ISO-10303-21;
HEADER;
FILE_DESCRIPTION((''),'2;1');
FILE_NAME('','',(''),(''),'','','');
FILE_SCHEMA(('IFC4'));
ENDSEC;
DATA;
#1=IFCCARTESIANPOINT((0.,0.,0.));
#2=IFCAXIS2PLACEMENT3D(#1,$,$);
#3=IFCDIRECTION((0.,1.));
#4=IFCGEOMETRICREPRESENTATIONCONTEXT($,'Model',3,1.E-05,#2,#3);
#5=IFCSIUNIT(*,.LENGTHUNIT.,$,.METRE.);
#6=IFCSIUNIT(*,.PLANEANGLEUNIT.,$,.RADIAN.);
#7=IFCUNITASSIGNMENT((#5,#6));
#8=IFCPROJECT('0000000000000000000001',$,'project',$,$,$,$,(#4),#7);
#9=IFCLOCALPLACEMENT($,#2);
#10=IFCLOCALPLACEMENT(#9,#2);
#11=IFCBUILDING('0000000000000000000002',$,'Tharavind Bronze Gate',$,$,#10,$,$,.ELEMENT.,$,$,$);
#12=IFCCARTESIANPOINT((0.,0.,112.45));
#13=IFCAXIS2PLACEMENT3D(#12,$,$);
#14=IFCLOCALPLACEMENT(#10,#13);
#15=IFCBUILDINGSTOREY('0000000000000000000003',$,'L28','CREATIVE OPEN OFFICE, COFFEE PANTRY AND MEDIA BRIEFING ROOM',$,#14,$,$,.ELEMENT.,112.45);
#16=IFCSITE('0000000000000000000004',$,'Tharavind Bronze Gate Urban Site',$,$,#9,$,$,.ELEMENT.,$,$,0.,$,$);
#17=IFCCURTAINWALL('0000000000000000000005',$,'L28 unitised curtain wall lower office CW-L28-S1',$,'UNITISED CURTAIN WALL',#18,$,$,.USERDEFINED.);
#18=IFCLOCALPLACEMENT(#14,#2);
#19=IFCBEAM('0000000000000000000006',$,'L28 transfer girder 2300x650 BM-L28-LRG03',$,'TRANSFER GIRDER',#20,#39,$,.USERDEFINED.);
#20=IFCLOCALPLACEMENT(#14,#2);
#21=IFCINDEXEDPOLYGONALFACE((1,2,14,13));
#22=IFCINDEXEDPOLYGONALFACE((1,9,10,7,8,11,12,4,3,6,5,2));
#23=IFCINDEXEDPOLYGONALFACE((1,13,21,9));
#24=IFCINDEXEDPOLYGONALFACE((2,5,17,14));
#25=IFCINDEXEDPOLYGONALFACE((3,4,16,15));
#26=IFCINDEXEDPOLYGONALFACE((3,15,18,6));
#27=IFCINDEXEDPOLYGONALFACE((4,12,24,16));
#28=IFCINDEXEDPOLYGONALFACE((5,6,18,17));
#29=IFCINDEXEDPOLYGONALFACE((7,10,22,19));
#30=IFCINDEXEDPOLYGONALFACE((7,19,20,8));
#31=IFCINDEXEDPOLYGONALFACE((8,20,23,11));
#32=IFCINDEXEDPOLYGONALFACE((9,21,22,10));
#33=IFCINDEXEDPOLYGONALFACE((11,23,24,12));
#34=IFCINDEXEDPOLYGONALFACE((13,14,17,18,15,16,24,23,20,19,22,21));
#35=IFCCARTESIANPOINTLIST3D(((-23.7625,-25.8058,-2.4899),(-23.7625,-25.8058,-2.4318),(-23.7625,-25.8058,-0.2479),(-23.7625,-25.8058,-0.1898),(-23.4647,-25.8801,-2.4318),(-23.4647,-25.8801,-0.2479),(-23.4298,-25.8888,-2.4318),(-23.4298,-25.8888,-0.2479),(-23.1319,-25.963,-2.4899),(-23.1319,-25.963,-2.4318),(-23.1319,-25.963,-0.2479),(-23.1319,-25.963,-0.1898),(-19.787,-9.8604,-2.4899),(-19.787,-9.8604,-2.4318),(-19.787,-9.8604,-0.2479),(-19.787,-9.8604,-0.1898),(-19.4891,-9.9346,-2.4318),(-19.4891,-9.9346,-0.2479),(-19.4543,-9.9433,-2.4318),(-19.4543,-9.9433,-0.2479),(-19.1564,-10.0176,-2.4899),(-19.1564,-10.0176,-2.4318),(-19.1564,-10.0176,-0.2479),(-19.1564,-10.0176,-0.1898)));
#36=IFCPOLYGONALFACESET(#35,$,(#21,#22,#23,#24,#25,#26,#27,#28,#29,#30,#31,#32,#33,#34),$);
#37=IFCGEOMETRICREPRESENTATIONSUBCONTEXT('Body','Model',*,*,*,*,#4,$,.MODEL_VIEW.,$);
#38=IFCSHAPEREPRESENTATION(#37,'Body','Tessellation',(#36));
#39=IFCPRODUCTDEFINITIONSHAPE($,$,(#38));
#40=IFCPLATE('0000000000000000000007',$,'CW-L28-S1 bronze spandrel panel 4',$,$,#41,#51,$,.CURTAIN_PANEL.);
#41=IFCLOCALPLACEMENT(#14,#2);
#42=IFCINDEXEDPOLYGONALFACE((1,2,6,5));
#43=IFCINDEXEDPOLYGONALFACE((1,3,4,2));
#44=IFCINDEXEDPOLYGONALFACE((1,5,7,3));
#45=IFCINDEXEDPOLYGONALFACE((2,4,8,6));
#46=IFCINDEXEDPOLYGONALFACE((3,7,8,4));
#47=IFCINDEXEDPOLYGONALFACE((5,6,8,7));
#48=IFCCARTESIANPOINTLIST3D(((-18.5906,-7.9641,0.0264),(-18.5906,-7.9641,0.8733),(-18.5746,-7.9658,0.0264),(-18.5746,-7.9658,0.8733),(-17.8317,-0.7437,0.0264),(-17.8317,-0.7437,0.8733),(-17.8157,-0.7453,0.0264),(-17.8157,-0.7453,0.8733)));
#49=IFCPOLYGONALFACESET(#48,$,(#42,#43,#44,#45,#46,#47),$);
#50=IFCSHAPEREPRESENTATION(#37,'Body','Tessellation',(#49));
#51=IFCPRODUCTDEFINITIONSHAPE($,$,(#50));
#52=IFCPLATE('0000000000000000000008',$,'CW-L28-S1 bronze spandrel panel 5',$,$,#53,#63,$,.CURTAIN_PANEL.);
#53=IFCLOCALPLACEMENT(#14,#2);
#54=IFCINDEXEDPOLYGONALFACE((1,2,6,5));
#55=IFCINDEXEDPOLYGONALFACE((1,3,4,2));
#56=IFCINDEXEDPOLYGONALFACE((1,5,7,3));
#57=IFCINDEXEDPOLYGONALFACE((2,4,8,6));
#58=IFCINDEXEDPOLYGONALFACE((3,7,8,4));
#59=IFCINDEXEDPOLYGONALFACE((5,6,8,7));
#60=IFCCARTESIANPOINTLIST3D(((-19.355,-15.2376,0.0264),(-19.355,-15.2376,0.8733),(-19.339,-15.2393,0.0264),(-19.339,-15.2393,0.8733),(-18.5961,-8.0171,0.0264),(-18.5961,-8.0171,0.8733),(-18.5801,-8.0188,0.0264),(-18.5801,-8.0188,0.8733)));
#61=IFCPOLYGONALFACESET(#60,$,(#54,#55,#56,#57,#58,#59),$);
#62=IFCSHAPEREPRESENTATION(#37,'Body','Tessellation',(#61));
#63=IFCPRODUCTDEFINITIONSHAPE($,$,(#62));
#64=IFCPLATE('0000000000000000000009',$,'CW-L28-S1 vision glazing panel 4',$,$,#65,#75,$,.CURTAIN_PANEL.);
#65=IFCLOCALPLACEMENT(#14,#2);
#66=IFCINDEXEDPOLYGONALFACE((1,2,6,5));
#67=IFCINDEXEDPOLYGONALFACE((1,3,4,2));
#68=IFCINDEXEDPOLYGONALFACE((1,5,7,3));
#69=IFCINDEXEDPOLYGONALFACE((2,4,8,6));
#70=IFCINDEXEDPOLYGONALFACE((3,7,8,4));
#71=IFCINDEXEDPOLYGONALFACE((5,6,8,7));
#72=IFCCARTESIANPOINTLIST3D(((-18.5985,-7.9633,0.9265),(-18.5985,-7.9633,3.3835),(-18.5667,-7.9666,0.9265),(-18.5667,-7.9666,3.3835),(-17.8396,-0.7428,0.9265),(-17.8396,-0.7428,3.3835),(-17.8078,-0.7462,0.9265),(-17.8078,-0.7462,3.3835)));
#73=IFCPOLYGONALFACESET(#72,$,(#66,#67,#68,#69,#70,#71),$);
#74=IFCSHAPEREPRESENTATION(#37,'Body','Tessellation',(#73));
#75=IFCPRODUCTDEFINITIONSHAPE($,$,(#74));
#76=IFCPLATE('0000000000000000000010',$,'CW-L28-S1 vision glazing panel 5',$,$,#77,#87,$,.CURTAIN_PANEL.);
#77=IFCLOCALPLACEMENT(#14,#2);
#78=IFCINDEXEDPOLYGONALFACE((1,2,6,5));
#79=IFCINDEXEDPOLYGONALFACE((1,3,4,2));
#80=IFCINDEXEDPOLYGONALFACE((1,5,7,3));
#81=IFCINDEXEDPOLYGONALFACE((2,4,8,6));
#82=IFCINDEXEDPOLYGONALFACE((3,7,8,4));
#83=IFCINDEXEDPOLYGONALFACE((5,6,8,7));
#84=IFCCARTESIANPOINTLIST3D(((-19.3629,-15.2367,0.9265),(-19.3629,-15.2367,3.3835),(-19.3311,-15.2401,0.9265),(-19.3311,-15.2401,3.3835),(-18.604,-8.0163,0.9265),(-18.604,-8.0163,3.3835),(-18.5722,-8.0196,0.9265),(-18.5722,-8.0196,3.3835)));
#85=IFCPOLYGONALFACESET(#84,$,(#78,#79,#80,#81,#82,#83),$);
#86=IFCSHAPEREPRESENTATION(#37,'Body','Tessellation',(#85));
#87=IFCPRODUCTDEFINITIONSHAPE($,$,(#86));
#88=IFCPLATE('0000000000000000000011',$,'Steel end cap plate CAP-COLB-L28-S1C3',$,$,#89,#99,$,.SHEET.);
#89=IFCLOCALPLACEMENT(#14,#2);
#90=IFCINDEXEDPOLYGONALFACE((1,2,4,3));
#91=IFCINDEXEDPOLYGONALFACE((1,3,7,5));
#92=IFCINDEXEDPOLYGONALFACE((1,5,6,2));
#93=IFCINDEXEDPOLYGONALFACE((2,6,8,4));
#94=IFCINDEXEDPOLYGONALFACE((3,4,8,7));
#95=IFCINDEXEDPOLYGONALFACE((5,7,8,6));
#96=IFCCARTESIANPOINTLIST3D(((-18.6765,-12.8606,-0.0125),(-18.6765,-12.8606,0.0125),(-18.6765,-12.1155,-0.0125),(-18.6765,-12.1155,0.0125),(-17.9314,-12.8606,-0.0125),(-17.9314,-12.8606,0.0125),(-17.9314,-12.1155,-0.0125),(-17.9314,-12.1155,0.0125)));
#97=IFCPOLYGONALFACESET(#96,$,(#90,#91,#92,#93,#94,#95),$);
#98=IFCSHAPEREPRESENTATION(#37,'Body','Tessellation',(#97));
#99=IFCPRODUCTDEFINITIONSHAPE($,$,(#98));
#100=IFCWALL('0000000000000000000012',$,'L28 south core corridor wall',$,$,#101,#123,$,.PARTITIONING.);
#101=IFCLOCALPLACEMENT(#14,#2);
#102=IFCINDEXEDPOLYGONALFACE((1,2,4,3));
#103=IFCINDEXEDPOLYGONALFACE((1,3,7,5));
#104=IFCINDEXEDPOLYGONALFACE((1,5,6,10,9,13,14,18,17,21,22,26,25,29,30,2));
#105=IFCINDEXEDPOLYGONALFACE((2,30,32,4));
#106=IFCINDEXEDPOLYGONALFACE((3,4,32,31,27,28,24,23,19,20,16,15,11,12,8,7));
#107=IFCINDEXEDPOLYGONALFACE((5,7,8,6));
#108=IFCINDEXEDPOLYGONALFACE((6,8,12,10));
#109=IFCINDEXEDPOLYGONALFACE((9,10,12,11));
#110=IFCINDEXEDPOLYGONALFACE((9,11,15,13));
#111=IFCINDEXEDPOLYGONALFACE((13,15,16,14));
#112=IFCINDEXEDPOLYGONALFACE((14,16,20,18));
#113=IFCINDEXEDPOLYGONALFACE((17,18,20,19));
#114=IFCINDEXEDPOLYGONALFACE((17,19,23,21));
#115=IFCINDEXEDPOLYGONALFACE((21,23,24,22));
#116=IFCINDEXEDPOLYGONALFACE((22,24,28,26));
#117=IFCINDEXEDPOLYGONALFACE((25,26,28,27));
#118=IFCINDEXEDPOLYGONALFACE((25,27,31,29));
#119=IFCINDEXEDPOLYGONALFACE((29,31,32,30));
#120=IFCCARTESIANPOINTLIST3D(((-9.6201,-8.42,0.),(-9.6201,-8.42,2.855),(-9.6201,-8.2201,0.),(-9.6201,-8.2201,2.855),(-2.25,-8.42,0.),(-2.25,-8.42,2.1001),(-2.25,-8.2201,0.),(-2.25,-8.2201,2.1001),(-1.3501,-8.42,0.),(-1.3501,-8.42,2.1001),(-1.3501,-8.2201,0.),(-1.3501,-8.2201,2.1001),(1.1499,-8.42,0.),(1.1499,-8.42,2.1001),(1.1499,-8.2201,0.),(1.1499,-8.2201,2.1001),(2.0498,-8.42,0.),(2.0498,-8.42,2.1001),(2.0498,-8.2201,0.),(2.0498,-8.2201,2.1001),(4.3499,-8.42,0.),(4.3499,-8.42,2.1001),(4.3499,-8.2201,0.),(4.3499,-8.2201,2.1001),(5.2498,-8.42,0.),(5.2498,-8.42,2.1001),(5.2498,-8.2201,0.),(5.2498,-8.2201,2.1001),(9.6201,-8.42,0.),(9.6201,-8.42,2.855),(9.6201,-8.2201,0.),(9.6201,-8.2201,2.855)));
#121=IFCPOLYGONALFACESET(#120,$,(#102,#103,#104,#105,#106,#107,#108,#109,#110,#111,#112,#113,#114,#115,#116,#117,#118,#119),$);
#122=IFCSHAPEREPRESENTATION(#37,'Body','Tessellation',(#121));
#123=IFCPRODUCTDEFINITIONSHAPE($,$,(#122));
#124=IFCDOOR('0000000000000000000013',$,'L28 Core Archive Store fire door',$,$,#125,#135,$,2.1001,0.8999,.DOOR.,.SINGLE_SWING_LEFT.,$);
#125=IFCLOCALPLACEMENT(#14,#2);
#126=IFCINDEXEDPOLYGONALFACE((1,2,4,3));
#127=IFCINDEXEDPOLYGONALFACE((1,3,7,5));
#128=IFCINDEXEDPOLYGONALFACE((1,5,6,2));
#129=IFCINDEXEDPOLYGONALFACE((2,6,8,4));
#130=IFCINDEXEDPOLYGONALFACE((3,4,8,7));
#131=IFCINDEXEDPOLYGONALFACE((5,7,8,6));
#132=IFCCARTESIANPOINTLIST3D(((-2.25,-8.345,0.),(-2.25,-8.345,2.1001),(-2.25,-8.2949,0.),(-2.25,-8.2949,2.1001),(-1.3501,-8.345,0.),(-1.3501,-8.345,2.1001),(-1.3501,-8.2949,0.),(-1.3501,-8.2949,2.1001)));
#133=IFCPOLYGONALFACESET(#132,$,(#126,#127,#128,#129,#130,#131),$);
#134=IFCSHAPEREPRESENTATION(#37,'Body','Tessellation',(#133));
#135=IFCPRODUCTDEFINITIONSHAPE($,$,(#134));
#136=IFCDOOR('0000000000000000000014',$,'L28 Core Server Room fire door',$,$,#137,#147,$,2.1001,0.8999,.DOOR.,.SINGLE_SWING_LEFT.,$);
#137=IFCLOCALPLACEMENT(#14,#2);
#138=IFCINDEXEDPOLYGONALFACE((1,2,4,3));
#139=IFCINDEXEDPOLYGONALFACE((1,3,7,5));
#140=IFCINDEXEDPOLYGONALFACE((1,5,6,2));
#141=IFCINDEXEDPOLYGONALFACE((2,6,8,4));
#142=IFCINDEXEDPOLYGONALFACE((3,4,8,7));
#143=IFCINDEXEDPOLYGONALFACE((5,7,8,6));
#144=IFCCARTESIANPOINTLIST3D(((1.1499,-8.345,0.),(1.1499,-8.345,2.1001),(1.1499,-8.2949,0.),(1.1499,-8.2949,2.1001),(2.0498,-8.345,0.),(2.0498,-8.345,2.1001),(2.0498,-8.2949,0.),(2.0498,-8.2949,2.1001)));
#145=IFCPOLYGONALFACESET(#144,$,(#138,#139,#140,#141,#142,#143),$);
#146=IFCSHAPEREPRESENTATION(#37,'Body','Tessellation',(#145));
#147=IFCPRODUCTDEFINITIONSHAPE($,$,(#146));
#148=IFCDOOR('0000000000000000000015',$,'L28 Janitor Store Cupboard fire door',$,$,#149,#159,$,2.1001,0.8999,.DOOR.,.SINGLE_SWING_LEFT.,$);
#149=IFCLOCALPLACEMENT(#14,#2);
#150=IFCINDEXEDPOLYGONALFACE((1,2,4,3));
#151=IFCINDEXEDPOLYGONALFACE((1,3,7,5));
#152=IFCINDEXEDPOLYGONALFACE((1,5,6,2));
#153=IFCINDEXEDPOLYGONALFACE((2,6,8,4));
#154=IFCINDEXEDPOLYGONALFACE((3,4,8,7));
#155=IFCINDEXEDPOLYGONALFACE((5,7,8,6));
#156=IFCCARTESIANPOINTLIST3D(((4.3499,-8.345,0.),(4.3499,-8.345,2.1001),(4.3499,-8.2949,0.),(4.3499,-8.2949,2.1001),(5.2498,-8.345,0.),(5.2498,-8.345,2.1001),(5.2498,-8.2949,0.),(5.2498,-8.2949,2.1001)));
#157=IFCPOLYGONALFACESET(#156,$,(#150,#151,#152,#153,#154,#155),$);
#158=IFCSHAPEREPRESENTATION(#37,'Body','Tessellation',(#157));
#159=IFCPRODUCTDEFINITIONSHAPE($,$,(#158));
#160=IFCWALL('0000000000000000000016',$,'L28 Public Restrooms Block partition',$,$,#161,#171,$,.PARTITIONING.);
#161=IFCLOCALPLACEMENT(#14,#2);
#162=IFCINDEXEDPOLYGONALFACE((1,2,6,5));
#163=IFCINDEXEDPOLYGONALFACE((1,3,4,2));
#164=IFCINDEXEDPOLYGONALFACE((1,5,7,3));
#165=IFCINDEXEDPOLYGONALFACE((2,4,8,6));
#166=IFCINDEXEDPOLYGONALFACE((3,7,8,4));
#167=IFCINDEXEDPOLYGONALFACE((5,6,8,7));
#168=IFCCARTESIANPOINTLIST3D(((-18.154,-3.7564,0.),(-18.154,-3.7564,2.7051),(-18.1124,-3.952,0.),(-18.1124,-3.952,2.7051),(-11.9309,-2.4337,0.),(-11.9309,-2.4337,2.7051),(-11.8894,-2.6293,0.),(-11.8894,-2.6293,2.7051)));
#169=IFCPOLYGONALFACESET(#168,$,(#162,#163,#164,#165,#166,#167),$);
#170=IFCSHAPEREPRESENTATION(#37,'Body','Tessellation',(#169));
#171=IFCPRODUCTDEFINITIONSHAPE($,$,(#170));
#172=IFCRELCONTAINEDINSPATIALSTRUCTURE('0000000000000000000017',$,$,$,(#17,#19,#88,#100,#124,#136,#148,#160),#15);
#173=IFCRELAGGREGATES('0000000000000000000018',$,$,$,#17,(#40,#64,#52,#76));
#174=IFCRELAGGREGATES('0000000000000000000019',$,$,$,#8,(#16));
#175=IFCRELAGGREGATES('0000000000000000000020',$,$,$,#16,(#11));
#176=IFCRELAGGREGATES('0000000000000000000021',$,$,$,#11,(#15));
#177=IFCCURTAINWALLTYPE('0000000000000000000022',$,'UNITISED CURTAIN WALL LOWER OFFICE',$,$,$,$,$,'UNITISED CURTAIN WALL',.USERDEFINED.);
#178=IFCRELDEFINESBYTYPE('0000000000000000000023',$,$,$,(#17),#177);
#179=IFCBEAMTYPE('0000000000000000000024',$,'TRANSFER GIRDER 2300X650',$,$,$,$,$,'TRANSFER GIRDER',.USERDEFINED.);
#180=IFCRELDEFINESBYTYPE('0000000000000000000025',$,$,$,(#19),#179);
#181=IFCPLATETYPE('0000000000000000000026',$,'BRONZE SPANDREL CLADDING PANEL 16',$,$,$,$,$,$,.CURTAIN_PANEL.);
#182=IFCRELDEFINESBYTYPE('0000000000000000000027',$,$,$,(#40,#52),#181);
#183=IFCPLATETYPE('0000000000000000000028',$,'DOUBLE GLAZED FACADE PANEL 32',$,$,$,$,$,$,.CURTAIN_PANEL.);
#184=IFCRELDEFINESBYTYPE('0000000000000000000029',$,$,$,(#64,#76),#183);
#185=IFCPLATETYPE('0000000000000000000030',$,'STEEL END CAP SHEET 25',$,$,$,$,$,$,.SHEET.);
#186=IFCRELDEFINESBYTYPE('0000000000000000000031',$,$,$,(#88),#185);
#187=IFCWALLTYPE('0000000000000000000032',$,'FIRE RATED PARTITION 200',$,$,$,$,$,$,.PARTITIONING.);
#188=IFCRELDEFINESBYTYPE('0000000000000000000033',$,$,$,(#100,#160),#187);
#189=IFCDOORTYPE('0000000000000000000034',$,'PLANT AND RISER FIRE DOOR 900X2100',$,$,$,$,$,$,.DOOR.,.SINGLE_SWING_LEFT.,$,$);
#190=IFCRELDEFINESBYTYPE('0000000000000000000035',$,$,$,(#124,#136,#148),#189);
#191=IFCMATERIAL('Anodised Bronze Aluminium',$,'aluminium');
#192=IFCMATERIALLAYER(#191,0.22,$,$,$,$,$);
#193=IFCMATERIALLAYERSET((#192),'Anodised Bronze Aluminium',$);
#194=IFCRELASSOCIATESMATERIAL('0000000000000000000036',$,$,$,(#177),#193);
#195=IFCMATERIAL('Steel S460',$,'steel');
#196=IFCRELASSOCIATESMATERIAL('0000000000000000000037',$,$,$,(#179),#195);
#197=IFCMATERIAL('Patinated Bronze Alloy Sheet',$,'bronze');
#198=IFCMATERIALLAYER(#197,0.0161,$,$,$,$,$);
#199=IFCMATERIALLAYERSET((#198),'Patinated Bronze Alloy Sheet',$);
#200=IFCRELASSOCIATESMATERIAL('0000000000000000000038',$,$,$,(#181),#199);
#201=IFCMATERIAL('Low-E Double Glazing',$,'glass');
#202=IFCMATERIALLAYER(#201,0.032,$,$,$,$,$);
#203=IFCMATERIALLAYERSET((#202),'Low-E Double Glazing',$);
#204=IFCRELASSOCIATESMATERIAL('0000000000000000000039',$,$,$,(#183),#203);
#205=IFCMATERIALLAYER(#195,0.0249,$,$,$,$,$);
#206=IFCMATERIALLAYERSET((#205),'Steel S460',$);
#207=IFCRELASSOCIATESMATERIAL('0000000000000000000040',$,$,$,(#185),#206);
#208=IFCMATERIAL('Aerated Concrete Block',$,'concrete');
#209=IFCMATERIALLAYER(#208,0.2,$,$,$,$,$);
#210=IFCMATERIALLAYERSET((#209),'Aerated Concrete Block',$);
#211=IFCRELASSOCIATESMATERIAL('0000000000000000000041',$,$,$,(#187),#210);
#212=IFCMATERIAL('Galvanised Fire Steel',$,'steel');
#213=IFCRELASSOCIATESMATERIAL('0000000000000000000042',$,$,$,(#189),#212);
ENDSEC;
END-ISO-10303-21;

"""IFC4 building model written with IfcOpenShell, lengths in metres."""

from ifc_helpers import new_model, si_unit, direction, frame, frame_2d, origin, origin_2d, place, context, subcontext, project, spatial, rectangle, i_section, extrude, material, layer, layer_set, material_profile, profile_set, type_object, element, fill, aggregate, save


model = new_model("IFC4")

# Units and contexts
model_context = context("Model", 3, precision=1e-05, world=origin(), true_north=direction((0.0, 1.0)))
body_context = subcontext(model_context, "Body", "Model", "MODEL_VIEW")
ifc_project = project(units=[si_unit("LENGTHUNIT", "METRE"), si_unit("PLANEANGLEUNIT", "RADIAN")], contexts=[model_context])

# Site, building, storey
site_placement = place(None, origin())
site = spatial("IfcSite", under=ifc_project, at=site_placement, Name="Tharavind Bronze Gate Urban Site", CompositionType="ELEMENT", RefElevation=0.0)
building_placement = place(site_placement, origin())
building = spatial("IfcBuilding", under=site, at=building_placement, Name="Tharavind Bronze Gate", CompositionType="ELEMENT")
storey_placement = place(building_placement, frame((0.0, 0.0, 112.45)))
storey = spatial("IfcBuildingStorey", under=building, at=storey_placement, Name="L28", Description="CREATIVE OPEN OFFICE, COFFEE PANTRY AND MEDIA BRIEFING ROOM", CompositionType="ELEMENT", Elevation=112.45)

# Curtain wall
ifc_material_1 = material(Name="Anodised Bronze Aluminium", Category="aluminium")
ifc_layer_1 = layer(ifc_material_1, 0.22)
ifc_layer_set_1 = layer_set([ifc_layer_1], Name="Anodised Bronze Aluminium")
curtain_wall_type = type_object("IfcCurtainWallType", Name="UNITISED CURTAIN WALL LOWER OFFICE", ElementType="UNITISED CURTAIN WALL", PredefinedType="USERDEFINED", material=ifc_layer_set_1)
curtain_wall_placement = place(storey_placement, origin())
curtain_wall = element("IfcCurtainWall", 1, at=curtain_wall_placement, inside=storey, type_object=curtain_wall_type, Name="L28 unitised curtain wall lower office CW-L28-S1", ObjectType="UNITISED CURTAIN WALL", PredefinedType="USERDEFINED")

# Beam
ifc_material_2 = material(Name="Steel S460", Category="steel")
ifc_material_profile_1 = material_profile(ifc_material_2, i_section(OverallWidth=0.6499, OverallDepth=2.3, WebThickness=0.0359, FlangeThickness=0.0581, at=origin_2d()), Name="PG2300X650")
ifc_profile_set_1 = profile_set([ifc_material_profile_1], Name="Steel S460")
beam_type_1 = type_object("IfcBeamType", Name="TRANSFER GIRDER 2300X650", ElementType="TRANSFER GIRDER", PredefinedType="USERDEFINED", material=ifc_profile_set_1)
beam_1_placement = place(storey_placement, frame((-19.4717, -9.939, -1.3398), z_axis=(-0.241917, -0.970297, 0.0), x_axis=(0.970297, -0.241917, 0.0)))
element("IfcBeam", 2, at=beam_1_placement, inside=storey, type_object=beam_type_1, Name="L28 transfer girder 2300x650 BM-L28-LRG03", ObjectType="TRANSFER GIRDER", PredefinedType="USERDEFINED", context=body_context, shape_type="SweptSolid", body=[
    extrude(i_section(OverallWidth=0.6499, OverallDepth=2.3, WebThickness=0.0359, FlangeThickness=0.0581, at=origin_2d()), origin(), (0.0, 0.0, 1.0), 16.4336),
])

# Plates
ifc_material_3 = material(Name="Patinated Bronze Alloy Sheet", Category="bronze")
ifc_layer_2 = layer(ifc_material_3, 0.0161)
ifc_layer_set_2 = layer_set([ifc_layer_2], Name="Patinated Bronze Alloy Sheet")
plate_type_1 = type_object("IfcPlateType", Name="BRONZE SPANDREL CLADDING PANEL 16", PredefinedType="CURTAIN_PANEL", material=ifc_layer_set_2)
plate_1_placement = place(storey_placement, frame((-18.2031, -4.3547, 0.0264), z_axis=(0.0, 0.0, 1.0), x_axis=(-0.104527, -0.994522, 0.0)))
plate_1 = element("IfcPlate", 3, at=plate_1_placement, type_object=plate_type_1, Name="CW-L28-S1 bronze spandrel panel 4", PredefinedType="CURTAIN_PANEL", context=body_context, shape_type="SweptSolid", body=[
    extrude(rectangle(XDim=7.2603, YDim=0.0161, at=origin_2d()), origin(), (0.0, 0.0, 1.0), 0.8469),
])
plate_2_placement = place(storey_placement, frame((-18.9675, -11.6282, 0.0264), z_axis=(0.0, 0.0, 1.0), x_axis=(-0.104527, -0.994522, 0.0)))
plate_2 = element("IfcPlate", 4, at=plate_2_placement, type_object=plate_type_1, Name="CW-L28-S1 bronze spandrel panel 5", PredefinedType="CURTAIN_PANEL", context=body_context, shape_type="SweptSolid", body=[
    extrude(rectangle(XDim=7.2603, YDim=0.0161, at=origin_2d()), origin(), (0.0, 0.0, 1.0), 0.8469),
])
ifc_material_4 = material(Name="Low-E Double Glazing", Category="glass")
ifc_layer_3 = layer(ifc_material_4, 0.032)
ifc_layer_set_3 = layer_set([ifc_layer_3], Name="Low-E Double Glazing")
plate_type_2 = type_object("IfcPlateType", Name="DOUBLE GLAZED FACADE PANEL 32", PredefinedType="CURTAIN_PANEL", material=ifc_layer_set_3)
plate_3_placement = place(storey_placement, frame((-18.2031, -4.3547, 0.9265), z_axis=(0.0, 0.0, 1.0), x_axis=(-0.104527, -0.994522, 0.0)))
plate_3 = element("IfcPlate", 5, at=plate_3_placement, type_object=plate_type_2, Name="CW-L28-S1 vision glazing panel 4", PredefinedType="CURTAIN_PANEL", context=body_context, shape_type="SweptSolid", body=[
    extrude(rectangle(XDim=7.2603, YDim=0.032, at=origin_2d()), origin(), (0.0, 0.0, 1.0), 2.457),
])
plate_4_placement = place(storey_placement, frame((-18.9675, -11.6282, 0.9265), z_axis=(0.0, 0.0, 1.0), x_axis=(-0.104527, -0.994522, 0.0)))
plate_4 = element("IfcPlate", 6, at=plate_4_placement, type_object=plate_type_2, Name="CW-L28-S1 vision glazing panel 5", PredefinedType="CURTAIN_PANEL", context=body_context, shape_type="SweptSolid", body=[
    extrude(rectangle(XDim=7.2603, YDim=0.032, at=origin_2d()), origin(), (0.0, 0.0, 1.0), 2.457),
])
aggregate(curtain_wall, [plate_1, plate_3, plate_2, plate_4])
ifc_layer_4 = layer(ifc_material_2, 0.0249)
ifc_layer_set_4 = layer_set([ifc_layer_4], Name="Steel S460")
plate_type_3 = type_object("IfcPlateType", Name="STEEL END CAP SHEET 25", PredefinedType="SHEET", material=ifc_layer_set_4)
plate_5_placement = place(storey_placement, frame((-18.304, -12.488, -0.0125), z_axis=(0.0, 0.0, 1.0), x_axis=(1.0, 0.0, 0.0)))
element("IfcPlate", 7, at=plate_5_placement, inside=storey, type_object=plate_type_3, Name="Steel end cap plate CAP-COLB-L28-S1C3", PredefinedType="SHEET", context=body_context, shape_type="SweptSolid", body=[
    extrude(rectangle(XDim=0.7451, YDim=0.7451, at=origin_2d()), origin(), (0.0, 0.0, 1.0), 0.0249),
])

# Wall, openings, doors
ifc_material_5 = material(Name="Aerated Concrete Block", Category="concrete")
ifc_layer_5 = layer(ifc_material_5, 0.2)
ifc_layer_set_5 = layer_set([ifc_layer_5], Name="Aerated Concrete Block")
wall_type = type_object("IfcWallType", Name="FIRE RATED PARTITION 200", PredefinedType="PARTITIONING", material=ifc_layer_set_5)
wall_1_placement = place(storey_placement, frame((-9.6201, -8.3201, 0.0), z_axis=(0.0, 0.0, 1.0), x_axis=(1.0, 0.0, 0.0)))
wall_1 = element("IfcWall", 8, at=wall_1_placement, inside=storey, type_object=wall_type, Name="L28 south core corridor wall", PredefinedType="PARTITIONING", context=body_context, shape_type="SweptSolid", body=[
    extrude(rectangle(XDim=19.2402, YDim=0.2, at=frame_2d((9.6201, 0.0))), origin(), (0.0, 0.0, 1.0), 2.855),
])
opening_1_placement = place(wall_1_placement, frame((7.3701, 0.0, 0.0)))
opening_1 = element("IfcOpeningElement", 9, at=opening_1_placement, cuts=wall_1, PredefinedType="OPENING", context=body_context, shape_type="SweptSolid", body=[
    extrude(rectangle(XDim=0.8999, YDim=2.1001, at=frame_2d((0.45, 1.05))), frame((0.0, 0.1101, 0.0), z_axis=(0.0, -1.0, 0.0), x_axis=(1.0, 0.0, 0.0)), (0.0, 0.0, 1.0), 0.22),
])
opening_2_placement = place(wall_1_placement, frame((10.77, 0.0, 0.0)))
opening_2 = element("IfcOpeningElement", 10, at=opening_2_placement, cuts=wall_1, PredefinedType="OPENING", context=body_context, shape_type="SweptSolid", body=[
    extrude(rectangle(XDim=0.8999, YDim=2.1001, at=frame_2d((0.45, 1.05))), frame((0.0, 0.1101, 0.0), z_axis=(0.0, -1.0, 0.0), x_axis=(1.0, 0.0, 0.0)), (0.0, 0.0, 1.0), 0.22),
])
opening_3_placement = place(wall_1_placement, frame((13.97, 0.0, 0.0)))
opening_3 = element("IfcOpeningElement", 11, at=opening_3_placement, cuts=wall_1, PredefinedType="OPENING", context=body_context, shape_type="SweptSolid", body=[
    extrude(rectangle(XDim=0.8999, YDim=2.1001, at=frame_2d((0.45, 1.05))), frame((0.0, 0.1101, 0.0), z_axis=(0.0, -1.0, 0.0), x_axis=(1.0, 0.0, 0.0)), (0.0, 0.0, 1.0), 0.22),
])
ifc_material_6 = material(Name="Galvanised Fire Steel", Category="steel")
door_type_1 = type_object("IfcDoorType", Name="PLANT AND RISER FIRE DOOR 900X2100", OperationType="SINGLE_SWING_LEFT", PredefinedType="DOOR", material=ifc_material_6)
door_1_placement = place(opening_1_placement, frame((0.8999, 0.0, 0.0), z_axis=(0.0, 0.0, 1.0), x_axis=(-1.0, 0.0, 0.0)))
door_1 = element("IfcDoor", 12, at=door_1_placement, inside=storey, type_object=door_type_1, Name="L28 Core Archive Store fire door", OperationType="SINGLE_SWING_LEFT", OverallHeight=2.1001, OverallWidth=0.8999, PredefinedType="DOOR", context=body_context, shape_type="SweptSolid", body=[
    extrude(rectangle(XDim=0.8999, YDim=2.1001, at=frame_2d((0.45, 1.05))), frame((0.0, 0.0249, 0.0), z_axis=(0.0, -1.0, 0.0), x_axis=(1.0, 0.0, 0.0)), (0.0, 0.0, 1.0), 0.05),
])
fill(opening_1, door_1)
door_2_placement = place(opening_2_placement, frame((0.8999, 0.0, 0.0), z_axis=(0.0, 0.0, 1.0), x_axis=(-1.0, 0.0, 0.0)))
door_2 = element("IfcDoor", 13, at=door_2_placement, inside=storey, type_object=door_type_1, Name="L28 Core Server Room fire door", OperationType="SINGLE_SWING_LEFT", OverallHeight=2.1001, OverallWidth=0.8999, PredefinedType="DOOR", context=body_context, shape_type="SweptSolid", body=[
    extrude(rectangle(XDim=0.8999, YDim=2.1001, at=frame_2d((0.45, 1.05))), frame((0.0, 0.0249, 0.0), z_axis=(0.0, -1.0, 0.0), x_axis=(1.0, 0.0, 0.0)), (0.0, 0.0, 1.0), 0.05),
])
fill(opening_2, door_2)
door_3_placement = place(opening_3_placement, frame((0.8999, 0.0, 0.0), z_axis=(0.0, 0.0, 1.0), x_axis=(-1.0, 0.0, 0.0)))
door_3 = element("IfcDoor", 14, at=door_3_placement, inside=storey, type_object=door_type_1, Name="L28 Janitor Store Cupboard fire door", OperationType="SINGLE_SWING_LEFT", OverallHeight=2.1001, OverallWidth=0.8999, PredefinedType="DOOR", context=body_context, shape_type="SweptSolid", body=[
    extrude(rectangle(XDim=0.8999, YDim=2.1001, at=frame_2d((0.45, 1.05))), frame((0.0, 0.0249, 0.0), z_axis=(0.0, -1.0, 0.0), x_axis=(1.0, 0.0, 0.0)), (0.0, 0.0, 1.0), 0.05),
])
fill(opening_3, door_3)

# Wall
wall_2_placement = place(storey_placement, frame((-18.1333, -3.8542, 0.0), z_axis=(0.0, 0.0, 1.0), x_axis=(0.978148, 0.207909, 0.0)))
element("IfcWall", 15, at=wall_2_placement, inside=storey, type_object=wall_type, Name="L28 Public Restrooms Block partition", PredefinedType="PARTITIONING", context=body_context, shape_type="SweptSolid", body=[
    extrude(rectangle(XDim=6.3621, YDim=0.2, at=frame_2d((3.1812, 0.0))), origin(), (0.0, 0.0, 1.0), 2.7051),
])

save(model, "model.ifc")
